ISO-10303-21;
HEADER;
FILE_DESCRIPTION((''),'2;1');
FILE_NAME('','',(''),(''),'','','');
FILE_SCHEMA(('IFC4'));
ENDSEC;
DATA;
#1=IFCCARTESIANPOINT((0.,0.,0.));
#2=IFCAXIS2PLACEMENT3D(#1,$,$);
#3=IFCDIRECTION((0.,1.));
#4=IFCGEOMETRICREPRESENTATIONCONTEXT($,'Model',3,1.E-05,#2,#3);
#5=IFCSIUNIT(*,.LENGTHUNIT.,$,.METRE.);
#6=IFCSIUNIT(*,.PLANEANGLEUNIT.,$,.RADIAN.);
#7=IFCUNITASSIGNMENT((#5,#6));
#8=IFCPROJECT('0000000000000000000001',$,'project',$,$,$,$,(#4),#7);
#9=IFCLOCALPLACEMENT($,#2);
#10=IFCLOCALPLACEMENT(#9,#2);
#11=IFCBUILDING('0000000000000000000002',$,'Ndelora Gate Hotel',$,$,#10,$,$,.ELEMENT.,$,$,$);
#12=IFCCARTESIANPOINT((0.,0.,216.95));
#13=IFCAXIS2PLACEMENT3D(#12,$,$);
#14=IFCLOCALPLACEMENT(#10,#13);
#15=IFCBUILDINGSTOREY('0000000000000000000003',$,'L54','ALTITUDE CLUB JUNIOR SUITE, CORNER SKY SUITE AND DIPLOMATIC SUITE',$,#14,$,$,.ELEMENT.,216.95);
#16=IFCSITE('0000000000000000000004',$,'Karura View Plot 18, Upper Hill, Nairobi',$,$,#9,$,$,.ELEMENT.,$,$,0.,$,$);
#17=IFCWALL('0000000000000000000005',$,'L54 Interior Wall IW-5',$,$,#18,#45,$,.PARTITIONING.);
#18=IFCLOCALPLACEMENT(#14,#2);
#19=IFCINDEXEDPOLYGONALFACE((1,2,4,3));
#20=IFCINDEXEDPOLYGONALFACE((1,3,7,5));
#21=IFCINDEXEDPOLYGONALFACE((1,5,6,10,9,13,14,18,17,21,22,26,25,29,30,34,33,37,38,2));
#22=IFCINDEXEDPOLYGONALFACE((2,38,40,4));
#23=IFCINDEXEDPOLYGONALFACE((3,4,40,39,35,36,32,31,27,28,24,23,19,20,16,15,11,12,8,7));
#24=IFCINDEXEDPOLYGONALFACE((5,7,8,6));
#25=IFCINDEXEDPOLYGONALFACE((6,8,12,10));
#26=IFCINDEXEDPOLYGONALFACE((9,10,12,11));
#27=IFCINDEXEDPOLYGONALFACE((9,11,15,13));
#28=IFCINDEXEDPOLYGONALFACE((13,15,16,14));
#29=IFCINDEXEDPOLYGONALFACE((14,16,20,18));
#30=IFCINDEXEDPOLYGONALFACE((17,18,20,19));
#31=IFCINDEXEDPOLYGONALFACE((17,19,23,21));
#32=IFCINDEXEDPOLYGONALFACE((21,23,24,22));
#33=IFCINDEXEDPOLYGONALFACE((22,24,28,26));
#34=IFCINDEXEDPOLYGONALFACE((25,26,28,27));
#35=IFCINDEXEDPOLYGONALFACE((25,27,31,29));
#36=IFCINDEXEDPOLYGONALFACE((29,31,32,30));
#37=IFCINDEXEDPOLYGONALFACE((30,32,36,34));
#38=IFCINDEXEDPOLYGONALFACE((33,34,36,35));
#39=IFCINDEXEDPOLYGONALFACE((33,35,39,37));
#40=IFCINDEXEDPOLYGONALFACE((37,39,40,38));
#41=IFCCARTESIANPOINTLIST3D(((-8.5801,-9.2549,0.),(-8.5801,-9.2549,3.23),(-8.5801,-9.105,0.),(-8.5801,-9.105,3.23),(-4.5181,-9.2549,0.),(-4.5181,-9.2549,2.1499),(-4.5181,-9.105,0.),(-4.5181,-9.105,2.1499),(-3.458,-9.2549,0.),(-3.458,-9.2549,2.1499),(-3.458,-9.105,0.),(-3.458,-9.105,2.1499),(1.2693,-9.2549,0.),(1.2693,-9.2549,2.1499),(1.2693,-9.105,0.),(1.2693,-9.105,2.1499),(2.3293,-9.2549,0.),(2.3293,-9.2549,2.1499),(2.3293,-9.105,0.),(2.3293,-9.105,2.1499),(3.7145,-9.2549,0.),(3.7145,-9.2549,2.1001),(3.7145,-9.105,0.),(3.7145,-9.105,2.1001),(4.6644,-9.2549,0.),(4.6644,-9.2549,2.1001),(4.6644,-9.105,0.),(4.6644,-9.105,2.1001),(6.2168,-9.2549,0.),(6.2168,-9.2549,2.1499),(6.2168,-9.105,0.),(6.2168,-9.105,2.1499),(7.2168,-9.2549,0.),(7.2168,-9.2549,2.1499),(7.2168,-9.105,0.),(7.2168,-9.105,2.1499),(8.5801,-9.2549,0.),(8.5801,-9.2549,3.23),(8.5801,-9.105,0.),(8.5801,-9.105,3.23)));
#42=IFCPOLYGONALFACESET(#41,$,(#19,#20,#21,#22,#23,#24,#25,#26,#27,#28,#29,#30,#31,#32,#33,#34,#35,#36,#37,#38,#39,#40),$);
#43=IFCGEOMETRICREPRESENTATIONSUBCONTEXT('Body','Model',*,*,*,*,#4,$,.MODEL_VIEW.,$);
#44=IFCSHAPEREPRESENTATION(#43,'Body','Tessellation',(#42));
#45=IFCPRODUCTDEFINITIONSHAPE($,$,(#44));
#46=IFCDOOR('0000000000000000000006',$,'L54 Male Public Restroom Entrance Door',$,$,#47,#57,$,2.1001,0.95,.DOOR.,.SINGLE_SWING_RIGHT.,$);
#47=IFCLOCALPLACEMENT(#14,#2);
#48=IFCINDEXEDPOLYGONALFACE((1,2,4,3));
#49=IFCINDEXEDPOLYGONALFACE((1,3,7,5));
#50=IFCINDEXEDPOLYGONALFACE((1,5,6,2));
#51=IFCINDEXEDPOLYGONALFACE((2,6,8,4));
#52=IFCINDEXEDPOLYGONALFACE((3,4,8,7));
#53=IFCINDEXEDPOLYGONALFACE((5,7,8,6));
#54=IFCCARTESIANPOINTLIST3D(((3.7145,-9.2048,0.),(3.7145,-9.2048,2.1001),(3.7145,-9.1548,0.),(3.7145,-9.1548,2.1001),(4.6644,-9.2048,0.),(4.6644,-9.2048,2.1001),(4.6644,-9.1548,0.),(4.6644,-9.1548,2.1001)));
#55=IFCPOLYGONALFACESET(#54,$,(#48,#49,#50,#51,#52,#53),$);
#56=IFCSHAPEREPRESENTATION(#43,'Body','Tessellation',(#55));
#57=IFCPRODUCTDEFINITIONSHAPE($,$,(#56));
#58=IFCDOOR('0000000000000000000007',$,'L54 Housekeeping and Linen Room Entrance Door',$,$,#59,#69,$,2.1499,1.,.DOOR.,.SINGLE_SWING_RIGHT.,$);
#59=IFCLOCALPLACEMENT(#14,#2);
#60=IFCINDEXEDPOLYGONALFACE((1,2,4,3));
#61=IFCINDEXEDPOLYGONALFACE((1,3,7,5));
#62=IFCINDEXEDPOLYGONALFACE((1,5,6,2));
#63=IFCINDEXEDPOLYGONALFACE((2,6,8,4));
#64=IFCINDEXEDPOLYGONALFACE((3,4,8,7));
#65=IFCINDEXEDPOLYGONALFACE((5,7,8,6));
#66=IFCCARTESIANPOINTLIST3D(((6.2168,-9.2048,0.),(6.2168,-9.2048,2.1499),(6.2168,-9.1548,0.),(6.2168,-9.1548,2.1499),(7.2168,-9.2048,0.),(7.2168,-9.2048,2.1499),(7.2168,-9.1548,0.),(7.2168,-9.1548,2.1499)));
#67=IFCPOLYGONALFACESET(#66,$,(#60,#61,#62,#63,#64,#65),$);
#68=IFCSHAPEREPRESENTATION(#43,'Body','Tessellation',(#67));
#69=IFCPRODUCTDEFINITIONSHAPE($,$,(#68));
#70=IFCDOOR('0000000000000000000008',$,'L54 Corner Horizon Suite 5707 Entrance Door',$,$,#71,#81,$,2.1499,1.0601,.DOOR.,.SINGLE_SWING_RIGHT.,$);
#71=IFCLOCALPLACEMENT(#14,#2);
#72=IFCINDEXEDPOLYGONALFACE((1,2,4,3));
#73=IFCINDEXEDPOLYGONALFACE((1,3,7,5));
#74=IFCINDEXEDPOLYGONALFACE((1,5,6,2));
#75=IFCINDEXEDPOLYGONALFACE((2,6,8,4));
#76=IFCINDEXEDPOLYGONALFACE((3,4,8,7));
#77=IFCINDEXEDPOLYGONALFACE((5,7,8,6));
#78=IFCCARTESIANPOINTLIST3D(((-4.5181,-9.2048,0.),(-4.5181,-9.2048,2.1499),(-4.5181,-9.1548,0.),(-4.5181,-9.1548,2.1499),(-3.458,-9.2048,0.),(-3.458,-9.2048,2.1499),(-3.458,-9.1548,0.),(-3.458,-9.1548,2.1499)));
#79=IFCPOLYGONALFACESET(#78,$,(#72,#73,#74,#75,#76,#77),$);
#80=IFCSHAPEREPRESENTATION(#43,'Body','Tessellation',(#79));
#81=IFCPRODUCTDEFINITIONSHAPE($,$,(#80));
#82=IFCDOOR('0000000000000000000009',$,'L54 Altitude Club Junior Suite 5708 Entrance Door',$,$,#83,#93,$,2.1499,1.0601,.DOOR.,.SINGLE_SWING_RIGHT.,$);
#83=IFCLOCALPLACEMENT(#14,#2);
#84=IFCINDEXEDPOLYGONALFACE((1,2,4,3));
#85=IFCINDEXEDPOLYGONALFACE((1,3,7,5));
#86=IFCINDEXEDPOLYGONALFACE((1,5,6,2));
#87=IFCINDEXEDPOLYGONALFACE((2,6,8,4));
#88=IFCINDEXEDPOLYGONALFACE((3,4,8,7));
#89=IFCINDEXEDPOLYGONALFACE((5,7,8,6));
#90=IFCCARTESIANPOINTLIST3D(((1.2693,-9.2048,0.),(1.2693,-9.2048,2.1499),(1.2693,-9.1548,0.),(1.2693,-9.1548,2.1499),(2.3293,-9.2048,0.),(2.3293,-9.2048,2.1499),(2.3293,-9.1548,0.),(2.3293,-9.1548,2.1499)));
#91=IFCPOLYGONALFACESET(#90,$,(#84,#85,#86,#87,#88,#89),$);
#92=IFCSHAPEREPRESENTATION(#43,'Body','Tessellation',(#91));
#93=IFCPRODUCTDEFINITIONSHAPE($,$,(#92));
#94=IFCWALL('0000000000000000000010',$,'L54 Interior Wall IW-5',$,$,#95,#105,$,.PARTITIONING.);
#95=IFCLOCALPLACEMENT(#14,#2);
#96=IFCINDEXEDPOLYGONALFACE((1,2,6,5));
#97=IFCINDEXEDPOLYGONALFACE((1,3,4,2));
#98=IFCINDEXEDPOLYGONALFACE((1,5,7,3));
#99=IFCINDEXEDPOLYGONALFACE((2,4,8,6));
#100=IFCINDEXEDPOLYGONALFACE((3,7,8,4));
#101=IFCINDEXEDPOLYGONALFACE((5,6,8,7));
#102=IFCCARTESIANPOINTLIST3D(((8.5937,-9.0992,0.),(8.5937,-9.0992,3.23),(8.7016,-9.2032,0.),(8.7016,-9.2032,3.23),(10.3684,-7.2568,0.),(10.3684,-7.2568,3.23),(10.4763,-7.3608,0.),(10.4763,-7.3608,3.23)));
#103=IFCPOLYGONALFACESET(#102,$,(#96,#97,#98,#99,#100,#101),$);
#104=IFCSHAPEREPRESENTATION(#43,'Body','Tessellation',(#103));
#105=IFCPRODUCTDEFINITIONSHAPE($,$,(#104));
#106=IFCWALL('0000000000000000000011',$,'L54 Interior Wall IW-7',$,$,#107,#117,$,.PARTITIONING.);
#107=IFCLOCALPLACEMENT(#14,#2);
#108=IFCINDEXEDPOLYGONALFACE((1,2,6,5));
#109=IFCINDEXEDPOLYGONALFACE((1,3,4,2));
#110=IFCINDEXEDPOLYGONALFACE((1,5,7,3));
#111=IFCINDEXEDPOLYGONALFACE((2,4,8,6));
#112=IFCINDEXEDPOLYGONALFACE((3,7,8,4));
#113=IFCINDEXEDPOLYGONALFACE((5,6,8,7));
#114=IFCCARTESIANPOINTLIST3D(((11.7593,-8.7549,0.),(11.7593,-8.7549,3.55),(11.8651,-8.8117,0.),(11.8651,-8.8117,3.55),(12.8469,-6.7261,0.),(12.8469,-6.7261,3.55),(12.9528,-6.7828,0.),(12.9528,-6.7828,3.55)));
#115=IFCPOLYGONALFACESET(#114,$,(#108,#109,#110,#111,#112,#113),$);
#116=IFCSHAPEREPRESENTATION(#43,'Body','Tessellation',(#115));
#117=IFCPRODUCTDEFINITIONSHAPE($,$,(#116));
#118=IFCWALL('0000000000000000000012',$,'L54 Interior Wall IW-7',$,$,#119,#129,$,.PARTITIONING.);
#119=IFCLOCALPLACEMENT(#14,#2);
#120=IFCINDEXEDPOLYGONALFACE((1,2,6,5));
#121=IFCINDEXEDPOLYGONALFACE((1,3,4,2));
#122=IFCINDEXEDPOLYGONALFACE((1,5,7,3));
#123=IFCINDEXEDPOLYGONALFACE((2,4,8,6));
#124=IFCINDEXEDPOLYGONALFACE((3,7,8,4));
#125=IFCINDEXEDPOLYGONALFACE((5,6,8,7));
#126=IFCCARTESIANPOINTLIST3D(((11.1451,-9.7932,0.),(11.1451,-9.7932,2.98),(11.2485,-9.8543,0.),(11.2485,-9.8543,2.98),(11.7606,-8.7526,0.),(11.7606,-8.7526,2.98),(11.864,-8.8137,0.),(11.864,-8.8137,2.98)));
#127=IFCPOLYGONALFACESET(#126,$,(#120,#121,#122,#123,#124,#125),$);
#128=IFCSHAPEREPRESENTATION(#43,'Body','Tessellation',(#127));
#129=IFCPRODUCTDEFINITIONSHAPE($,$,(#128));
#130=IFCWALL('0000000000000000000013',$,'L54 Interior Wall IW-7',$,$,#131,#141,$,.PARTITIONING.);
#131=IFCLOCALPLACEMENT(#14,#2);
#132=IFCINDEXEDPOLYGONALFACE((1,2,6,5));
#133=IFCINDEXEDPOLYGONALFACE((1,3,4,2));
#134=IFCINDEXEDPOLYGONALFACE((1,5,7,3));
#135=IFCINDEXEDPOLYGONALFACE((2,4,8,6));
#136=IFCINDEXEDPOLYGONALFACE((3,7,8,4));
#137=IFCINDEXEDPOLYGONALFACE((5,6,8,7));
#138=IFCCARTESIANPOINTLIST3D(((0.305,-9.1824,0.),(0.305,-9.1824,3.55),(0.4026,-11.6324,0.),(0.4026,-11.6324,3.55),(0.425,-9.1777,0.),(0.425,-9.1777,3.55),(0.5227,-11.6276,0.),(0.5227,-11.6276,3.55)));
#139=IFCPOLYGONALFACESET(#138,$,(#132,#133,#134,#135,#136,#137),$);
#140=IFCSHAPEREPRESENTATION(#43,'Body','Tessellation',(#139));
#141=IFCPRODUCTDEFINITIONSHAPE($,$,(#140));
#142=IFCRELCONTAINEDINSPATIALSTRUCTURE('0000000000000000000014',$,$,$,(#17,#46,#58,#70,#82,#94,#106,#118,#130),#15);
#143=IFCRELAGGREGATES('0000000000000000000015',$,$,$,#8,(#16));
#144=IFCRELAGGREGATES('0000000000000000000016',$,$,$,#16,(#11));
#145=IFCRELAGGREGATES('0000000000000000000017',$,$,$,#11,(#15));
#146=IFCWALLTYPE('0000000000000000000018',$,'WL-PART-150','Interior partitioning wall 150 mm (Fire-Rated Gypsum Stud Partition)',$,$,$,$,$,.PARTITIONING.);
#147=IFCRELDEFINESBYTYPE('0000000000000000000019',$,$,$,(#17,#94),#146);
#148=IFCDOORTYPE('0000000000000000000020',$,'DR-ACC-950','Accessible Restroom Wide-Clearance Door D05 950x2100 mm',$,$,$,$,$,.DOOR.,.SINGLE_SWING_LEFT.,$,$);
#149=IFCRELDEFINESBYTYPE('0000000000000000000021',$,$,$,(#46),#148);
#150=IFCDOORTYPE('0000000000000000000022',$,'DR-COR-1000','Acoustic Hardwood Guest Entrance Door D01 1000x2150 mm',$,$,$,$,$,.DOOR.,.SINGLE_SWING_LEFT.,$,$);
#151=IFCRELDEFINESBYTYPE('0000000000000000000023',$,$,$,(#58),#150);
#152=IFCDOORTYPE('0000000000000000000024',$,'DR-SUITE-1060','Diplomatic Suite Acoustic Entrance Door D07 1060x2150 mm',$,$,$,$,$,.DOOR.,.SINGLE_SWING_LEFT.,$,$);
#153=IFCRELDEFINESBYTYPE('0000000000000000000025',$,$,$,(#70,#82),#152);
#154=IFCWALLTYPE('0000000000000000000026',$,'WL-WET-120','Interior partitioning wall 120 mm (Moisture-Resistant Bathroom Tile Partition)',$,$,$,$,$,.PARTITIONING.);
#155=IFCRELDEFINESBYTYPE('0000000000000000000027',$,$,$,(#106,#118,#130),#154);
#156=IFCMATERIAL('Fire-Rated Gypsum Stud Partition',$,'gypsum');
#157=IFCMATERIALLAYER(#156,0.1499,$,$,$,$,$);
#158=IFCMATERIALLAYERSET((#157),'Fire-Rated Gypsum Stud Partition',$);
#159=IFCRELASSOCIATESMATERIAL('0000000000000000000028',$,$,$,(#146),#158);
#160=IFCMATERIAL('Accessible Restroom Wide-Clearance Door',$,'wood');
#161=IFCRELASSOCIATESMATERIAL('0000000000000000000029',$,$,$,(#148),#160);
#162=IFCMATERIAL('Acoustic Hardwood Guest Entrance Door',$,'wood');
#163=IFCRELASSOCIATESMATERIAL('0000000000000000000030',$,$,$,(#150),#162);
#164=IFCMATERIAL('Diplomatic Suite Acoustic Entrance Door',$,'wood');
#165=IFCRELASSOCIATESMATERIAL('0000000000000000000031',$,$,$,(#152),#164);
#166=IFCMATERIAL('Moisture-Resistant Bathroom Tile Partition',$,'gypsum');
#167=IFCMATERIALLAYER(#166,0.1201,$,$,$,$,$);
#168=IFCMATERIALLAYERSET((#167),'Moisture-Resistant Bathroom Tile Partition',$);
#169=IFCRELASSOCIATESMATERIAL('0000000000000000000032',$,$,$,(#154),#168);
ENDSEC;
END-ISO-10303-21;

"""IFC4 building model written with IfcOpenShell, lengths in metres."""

from ifc_helpers import new_model, si_unit, direction, frame, frame_2d, origin, place, context, subcontext, project, spatial, rectangle, extrude, material, layer, layer_set, type_object, element, fill, save


model = new_model("IFC4")

# Units and contexts
model_context = context("Model", 3, precision=1e-05, world=origin(), true_north=direction((0.0, 1.0)))
body_context = subcontext(model_context, "Body", "Model", "MODEL_VIEW")
ifc_project = project(units=[si_unit("LENGTHUNIT", "METRE"), si_unit("PLANEANGLEUNIT", "RADIAN")], contexts=[model_context])

# Site, building, storey
site_placement = place(None, origin())
site = spatial("IfcSite", under=ifc_project, at=site_placement, Name="Karura View Plot 18, Upper Hill, Nairobi", CompositionType="ELEMENT", RefElevation=0.0)
building_placement = place(site_placement, origin())
building = spatial("IfcBuilding", under=site, at=building_placement, Name="Ndelora Gate Hotel", CompositionType="ELEMENT")
storey_placement = place(building_placement, frame((0.0, 0.0, 216.95)))
storey = spatial("IfcBuildingStorey", under=building, at=storey_placement, Name="L54", Description="ALTITUDE CLUB JUNIOR SUITE, CORNER SKY SUITE AND DIPLOMATIC SUITE", CompositionType="ELEMENT", Elevation=216.95)

# Wall, openings, doors
ifc_material_1 = material(Name="Fire-Rated Gypsum Stud Partition", Category="gypsum")
ifc_layer_1 = layer(ifc_material_1, 0.1499)
ifc_layer_set_1 = layer_set([ifc_layer_1], Name="Fire-Rated Gypsum Stud Partition")
wall_type_1 = type_object("IfcWallType", Name="WL-PART-150", Description="Interior partitioning wall 150 mm (Fire-Rated Gypsum Stud Partition)", PredefinedType="PARTITIONING", material=ifc_layer_set_1)
wall_1_placement = place(storey_placement, frame((8.5801, -9.1799, 0.0), z_axis=(0.0, 0.0, 1.0), x_axis=(-1.0, 0.0, 0.0)))
wall_1 = element("IfcWall", 1, at=wall_1_placement, inside=storey, type_object=wall_type_1, Name="L54 Interior Wall IW-5", PredefinedType="PARTITIONING", context=body_context, shape_type="SweptSolid", body=[
    extrude(rectangle(XDim=17.1602, YDim=0.1499, at=frame_2d((8.5801, 0.0))), origin(), (0.0, 0.0, 1.0), 3.23),
])
opening_1_placement = place(wall_1_placement, frame((3.9155, 0.0, 0.0)))
opening_1 = element("IfcOpeningElement", 2, at=opening_1_placement, cuts=wall_1, PredefinedType="OPENING", context=body_context, shape_type="SweptSolid", body=[
    extrude(rectangle(XDim=0.95, YDim=2.1001, at=frame_2d((0.4751, 1.05))), frame((0.0, 0.085, 0.0), z_axis=(0.0, -1.0, 0.0), x_axis=(1.0, 0.0, 0.0)), (0.0, 0.0, 1.0), 0.1699),
])
opening_2_placement = place(wall_1_placement, frame((1.3633, 0.0, 0.0)))
opening_2 = element("IfcOpeningElement", 3, at=opening_2_placement, cuts=wall_1, PredefinedType="OPENING", context=body_context, shape_type="SweptSolid", body=[
    extrude(rectangle(XDim=1.0, YDim=2.1499, at=frame_2d((0.5, 1.075))), frame((0.0, 0.085, 0.0), z_axis=(0.0, -1.0, 0.0), x_axis=(1.0, 0.0, 0.0)), (0.0, 0.0, 1.0), 0.1699),
])
opening_3_placement = place(wall_1_placement, frame((12.0381, 0.0, 0.0)))
opening_3 = element("IfcOpeningElement", 4, at=opening_3_placement, cuts=wall_1, PredefinedType="OPENING", context=body_context, shape_type="SweptSolid", body=[
    extrude(rectangle(XDim=1.0601, YDim=2.1499, at=frame_2d((0.53, 1.075))), frame((0.0, 0.085, 0.0), z_axis=(0.0, -1.0, 0.0), x_axis=(1.0, 0.0, 0.0)), (0.0, 0.0, 1.0), 0.1699),
])
opening_4_placement = place(wall_1_placement, frame((6.2507, 0.0, 0.0)))
opening_4 = element("IfcOpeningElement", 5, at=opening_4_placement, cuts=wall_1, PredefinedType="OPENING", context=body_context, shape_type="SweptSolid", body=[
    extrude(rectangle(XDim=1.0601, YDim=2.1499, at=frame_2d((0.53, 1.075))), frame((0.0, 0.085, 0.0), z_axis=(0.0, -1.0, 0.0), x_axis=(1.0, 0.0, 0.0)), (0.0, 0.0, 1.0), 0.1699),
])
ifc_material_2 = material(Name="Accessible Restroom Wide-Clearance Door", Category="wood")
door_type_1 = type_object("IfcDoorType", Name="DR-ACC-950", Description="Accessible Restroom Wide-Clearance Door D05 950x2100 mm", OperationType="SINGLE_SWING_LEFT", PredefinedType="DOOR", material=ifc_material_2)
door_1_placement = place(opening_1_placement, origin())
door_1 = element("IfcDoor", 6, at=door_1_placement, inside=storey, type_object=door_type_1, Name="L54 Male Public Restroom Entrance Door", OperationType="SINGLE_SWING_RIGHT", OverallHeight=2.1001, OverallWidth=0.95, PredefinedType="DOOR", context=body_context, shape_type="SweptSolid", body=[
    extrude(rectangle(XDim=0.95, YDim=2.1001, at=frame_2d((0.4751, 1.05))), frame((0.0, 0.0249, 0.0), z_axis=(0.0, -1.0, 0.0), x_axis=(1.0, 0.0, 0.0)), (0.0, 0.0, 1.0), 0.05),
])
fill(opening_1, door_1)
ifc_material_3 = material(Name="Acoustic Hardwood Guest Entrance Door", Category="wood")
door_type_2 = type_object("IfcDoorType", Name="DR-COR-1000", Description="Acoustic Hardwood Guest Entrance Door D01 1000x2150 mm", OperationType="SINGLE_SWING_LEFT", PredefinedType="DOOR", material=ifc_material_3)
door_2_placement = place(opening_2_placement, origin())
door_2 = element("IfcDoor", 7, at=door_2_placement, inside=storey, type_object=door_type_2, Name="L54 Housekeeping and Linen Room Entrance Door", OperationType="SINGLE_SWING_RIGHT", OverallHeight=2.1499, OverallWidth=1.0, PredefinedType="DOOR", context=body_context, shape_type="SweptSolid", body=[
    extrude(rectangle(XDim=1.0, YDim=2.1499, at=frame_2d((0.5, 1.075))), frame((0.0, 0.0249, 0.0), z_axis=(0.0, -1.0, 0.0), x_axis=(1.0, 0.0, 0.0)), (0.0, 0.0, 1.0), 0.05),
])
fill(opening_2, door_2)
ifc_material_4 = material(Name="Diplomatic Suite Acoustic Entrance Door", Category="wood")
door_type_3 = type_object("IfcDoorType", Name="DR-SUITE-1060", Description="Diplomatic Suite Acoustic Entrance Door D07 1060x2150 mm", OperationType="SINGLE_SWING_LEFT", PredefinedType="DOOR", material=ifc_material_4)
door_3_placement = place(opening_3_placement, origin())
door_3 = element("IfcDoor", 8, at=door_3_placement, inside=storey, type_object=door_type_3, Name="L54 Corner Horizon Suite 5707 Entrance Door", OperationType="SINGLE_SWING_RIGHT", OverallHeight=2.1499, OverallWidth=1.0601, PredefinedType="DOOR", context=body_context, shape_type="SweptSolid", body=[
    extrude(rectangle(XDim=1.0601, YDim=2.1499, at=frame_2d((0.53, 1.075))), frame((0.0, 0.0249, 0.0), z_axis=(0.0, -1.0, 0.0), x_axis=(1.0, 0.0, 0.0)), (0.0, 0.0, 1.0), 0.05),
])
fill(opening_3, door_3)
door_4_placement = place(opening_4_placement, origin())
door_4 = element("IfcDoor", 9, at=door_4_placement, inside=storey, type_object=door_type_3, Name="L54 Altitude Club Junior Suite 5708 Entrance Door", OperationType="SINGLE_SWING_RIGHT", OverallHeight=2.1499, OverallWidth=1.0601, PredefinedType="DOOR", context=body_context, shape_type="SweptSolid", body=[
    extrude(rectangle(XDim=1.0601, YDim=2.1499, at=frame_2d((0.53, 1.075))), frame((0.0, 0.0249, 0.0), z_axis=(0.0, -1.0, 0.0), x_axis=(1.0, 0.0, 0.0)), (0.0, 0.0, 1.0), 0.05),
])
fill(opening_4, door_4)

# Walls
wall_2_placement = place(storey_placement, frame((10.4224, -7.3088, 0.0), z_axis=(0.0, 0.0, 1.0), x_axis=(-0.693765, -0.720202, 0.0)))
element("IfcWall", 10, at=wall_2_placement, inside=storey, type_object=wall_type_1, Name="L54 Interior Wall IW-5", PredefinedType="PARTITIONING", context=body_context, shape_type="SweptSolid", body=[
    extrude(rectangle(XDim=2.5581, YDim=0.1499, at=frame_2d((1.2791, 0.0))), origin(), (0.0, 0.0, 1.0), 3.23),
])
ifc_material_5 = material(Name="Moisture-Resistant Bathroom Tile Partition", Category="gypsum")
ifc_layer_2 = layer(ifc_material_5, 0.1201)
ifc_layer_set_2 = layer_set([ifc_layer_2], Name="Moisture-Resistant Bathroom Tile Partition")
wall_type_2 = type_object("IfcWallType", Name="WL-WET-120", Description="Interior partitioning wall 120 mm (Moisture-Resistant Bathroom Tile Partition)", PredefinedType="PARTITIONING", material=ifc_layer_set_2)
wall_3_placement = place(storey_placement, frame((11.8123, -8.7832, 0.0), z_axis=(0.0, 0.0, 1.0), x_axis=(0.472486, 0.881338, 0.0)))
element("IfcWall", 11, at=wall_3_placement, inside=storey, type_object=wall_type_2, Name="L54 Interior Wall IW-7", PredefinedType="PARTITIONING", context=body_context, shape_type="SweptSolid", body=[
    extrude(rectangle(XDim=2.302, YDim=0.1201, at=frame_2d((1.1509, 0.0))), origin(), (0.0, 0.0, 1.0), 3.55),
])
wall_4_placement = place(storey_placement, frame((11.1968, -9.8237, 0.0), z_axis=(0.0, 0.0, 1.0), x_axis=(0.50911, 0.860701, 0.0)))
element("IfcWall", 12, at=wall_4_placement, inside=storey, type_object=wall_type_2, Name="L54 Interior Wall IW-7", PredefinedType="PARTITIONING", context=body_context, shape_type="SweptSolid", body=[
    extrude(rectangle(XDim=1.209, YDim=0.1201, at=frame_2d((0.6045, 0.0))), origin(), (0.0, 0.0, 1.0), 2.98),
])
wall_5_placement = place(storey_placement, frame((0.365, -9.1799, 0.0), z_axis=(0.0, 0.0, 1.0), x_axis=(0.039829, -0.999207, 0.0)))
element("IfcWall", 13, at=wall_5_placement, inside=storey, type_object=wall_type_2, Name="L54 Interior Wall IW-7", PredefinedType="PARTITIONING", context=body_context, shape_type="SweptSolid", body=[
    extrude(rectangle(XDim=2.4519, YDim=0.1201, at=frame_2d((1.2261, 0.0))), origin(), (0.0, 0.0, 1.0), 3.55),
])

save(model, "model.ifc")
